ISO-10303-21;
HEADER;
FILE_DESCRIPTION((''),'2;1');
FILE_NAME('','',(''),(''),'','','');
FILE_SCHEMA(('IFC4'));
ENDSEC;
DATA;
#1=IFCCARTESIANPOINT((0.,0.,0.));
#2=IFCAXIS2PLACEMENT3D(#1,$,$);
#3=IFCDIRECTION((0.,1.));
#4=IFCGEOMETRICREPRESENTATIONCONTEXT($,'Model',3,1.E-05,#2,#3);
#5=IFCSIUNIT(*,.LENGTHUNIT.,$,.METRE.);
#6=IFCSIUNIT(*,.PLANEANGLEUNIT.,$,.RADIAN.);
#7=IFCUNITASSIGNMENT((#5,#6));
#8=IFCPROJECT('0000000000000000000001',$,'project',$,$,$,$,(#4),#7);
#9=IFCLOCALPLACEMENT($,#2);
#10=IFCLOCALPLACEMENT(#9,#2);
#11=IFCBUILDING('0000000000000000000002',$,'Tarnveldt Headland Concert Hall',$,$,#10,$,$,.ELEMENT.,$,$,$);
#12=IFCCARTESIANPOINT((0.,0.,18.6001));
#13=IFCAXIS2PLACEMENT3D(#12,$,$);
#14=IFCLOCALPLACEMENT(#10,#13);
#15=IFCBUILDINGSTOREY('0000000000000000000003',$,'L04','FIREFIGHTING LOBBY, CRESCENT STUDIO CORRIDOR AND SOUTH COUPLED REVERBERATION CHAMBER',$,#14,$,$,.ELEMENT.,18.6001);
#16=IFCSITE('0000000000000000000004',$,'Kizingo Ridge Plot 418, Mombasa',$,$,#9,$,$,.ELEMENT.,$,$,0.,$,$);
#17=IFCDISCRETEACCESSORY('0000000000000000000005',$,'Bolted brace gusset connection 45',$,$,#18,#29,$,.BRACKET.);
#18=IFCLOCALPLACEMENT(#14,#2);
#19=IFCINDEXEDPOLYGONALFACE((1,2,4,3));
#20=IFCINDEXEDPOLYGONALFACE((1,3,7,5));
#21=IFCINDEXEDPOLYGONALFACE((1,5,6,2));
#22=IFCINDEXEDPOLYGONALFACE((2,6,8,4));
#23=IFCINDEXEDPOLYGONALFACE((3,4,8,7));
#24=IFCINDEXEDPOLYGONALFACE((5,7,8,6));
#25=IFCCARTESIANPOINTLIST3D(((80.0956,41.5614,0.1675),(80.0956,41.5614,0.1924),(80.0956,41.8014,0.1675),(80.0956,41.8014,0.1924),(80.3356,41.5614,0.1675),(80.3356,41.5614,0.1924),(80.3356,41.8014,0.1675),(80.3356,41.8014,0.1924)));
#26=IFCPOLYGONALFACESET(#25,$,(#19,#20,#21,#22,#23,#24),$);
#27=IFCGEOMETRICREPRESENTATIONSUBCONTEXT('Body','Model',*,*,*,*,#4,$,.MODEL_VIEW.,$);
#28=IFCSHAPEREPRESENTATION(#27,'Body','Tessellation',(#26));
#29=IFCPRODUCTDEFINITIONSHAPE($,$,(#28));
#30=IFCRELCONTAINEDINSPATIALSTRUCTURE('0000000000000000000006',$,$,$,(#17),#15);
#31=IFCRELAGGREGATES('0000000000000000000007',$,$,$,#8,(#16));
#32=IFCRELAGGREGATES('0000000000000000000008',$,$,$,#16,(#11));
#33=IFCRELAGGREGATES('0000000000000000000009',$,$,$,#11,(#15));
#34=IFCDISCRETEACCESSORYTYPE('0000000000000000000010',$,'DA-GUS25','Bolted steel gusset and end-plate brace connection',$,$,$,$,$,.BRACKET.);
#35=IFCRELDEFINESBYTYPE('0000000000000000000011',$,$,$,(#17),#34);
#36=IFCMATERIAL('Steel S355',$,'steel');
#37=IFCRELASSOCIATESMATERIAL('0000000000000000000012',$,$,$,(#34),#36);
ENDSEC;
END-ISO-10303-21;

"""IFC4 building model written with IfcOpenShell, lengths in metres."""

from ifc_helpers import new_model, si_unit, direction, frame, origin, origin_2d, place, context, subcontext, project, spatial, rectangle, extrude, material, type_object, element, save


model = new_model("IFC4")

# Units and contexts
model_context = context("Model", 3, precision=1e-05, world=origin(), true_north=direction((0.0, 1.0)))
body_context = subcontext(model_context, "Body", "Model", "MODEL_VIEW")
ifc_project = project(units=[si_unit("LENGTHUNIT", "METRE"), si_unit("PLANEANGLEUNIT", "RADIAN")], contexts=[model_context])

# Site, building, storey
site_placement = place(None, origin())
site = spatial("IfcSite", under=ifc_project, at=site_placement, Name="Kizingo Ridge Plot 418, Mombasa", CompositionType="ELEMENT", RefElevation=0.0)
building_placement = place(site_placement, origin())
building = spatial("IfcBuilding", under=site, at=building_placement, Name="Tarnveldt Headland Concert Hall", CompositionType="ELEMENT")
storey_placement = place(building_placement, frame((0.0, 0.0, 18.6001)))
storey = spatial("IfcBuildingStorey", under=building, at=storey_placement, Name="L04", Description="FIREFIGHTING LOBBY, CRESCENT STUDIO CORRIDOR AND SOUTH COUPLED REVERBERATION CHAMBER", CompositionType="ELEMENT", Elevation=18.6001)

# Shared definitions
ifc_material_1 = material(Name="Steel S355", Category="steel")

# Discrete accessory
discrete_accessory_type_1 = type_object("IfcDiscreteAccessoryType", Name="DA-GUS25", Description="Bolted steel gusset and end-plate brace connection", PredefinedType="BRACKET", material=ifc_material_1)
discrete_accessory_1_placement = place(storey_placement, frame((80.2156, 41.6814, 0.1675), z_axis=(0.0, 0.0, 1.0), x_axis=(1.0, 0.0, 0.0)))
element("IfcDiscreteAccessory", 1, at=discrete_accessory_1_placement, inside=storey, type_object=discrete_accessory_type_1, Name="Bolted brace gusset connection 45", PredefinedType="BRACKET", context=body_context, shape_type="SweptSolid", body=[
    extrude(rectangle(XDim=0.24, YDim=0.24, at=origin_2d()), origin(), (0.0, 0.0, 1.0), 0.0249),
])

save(model, "model.ifc")
